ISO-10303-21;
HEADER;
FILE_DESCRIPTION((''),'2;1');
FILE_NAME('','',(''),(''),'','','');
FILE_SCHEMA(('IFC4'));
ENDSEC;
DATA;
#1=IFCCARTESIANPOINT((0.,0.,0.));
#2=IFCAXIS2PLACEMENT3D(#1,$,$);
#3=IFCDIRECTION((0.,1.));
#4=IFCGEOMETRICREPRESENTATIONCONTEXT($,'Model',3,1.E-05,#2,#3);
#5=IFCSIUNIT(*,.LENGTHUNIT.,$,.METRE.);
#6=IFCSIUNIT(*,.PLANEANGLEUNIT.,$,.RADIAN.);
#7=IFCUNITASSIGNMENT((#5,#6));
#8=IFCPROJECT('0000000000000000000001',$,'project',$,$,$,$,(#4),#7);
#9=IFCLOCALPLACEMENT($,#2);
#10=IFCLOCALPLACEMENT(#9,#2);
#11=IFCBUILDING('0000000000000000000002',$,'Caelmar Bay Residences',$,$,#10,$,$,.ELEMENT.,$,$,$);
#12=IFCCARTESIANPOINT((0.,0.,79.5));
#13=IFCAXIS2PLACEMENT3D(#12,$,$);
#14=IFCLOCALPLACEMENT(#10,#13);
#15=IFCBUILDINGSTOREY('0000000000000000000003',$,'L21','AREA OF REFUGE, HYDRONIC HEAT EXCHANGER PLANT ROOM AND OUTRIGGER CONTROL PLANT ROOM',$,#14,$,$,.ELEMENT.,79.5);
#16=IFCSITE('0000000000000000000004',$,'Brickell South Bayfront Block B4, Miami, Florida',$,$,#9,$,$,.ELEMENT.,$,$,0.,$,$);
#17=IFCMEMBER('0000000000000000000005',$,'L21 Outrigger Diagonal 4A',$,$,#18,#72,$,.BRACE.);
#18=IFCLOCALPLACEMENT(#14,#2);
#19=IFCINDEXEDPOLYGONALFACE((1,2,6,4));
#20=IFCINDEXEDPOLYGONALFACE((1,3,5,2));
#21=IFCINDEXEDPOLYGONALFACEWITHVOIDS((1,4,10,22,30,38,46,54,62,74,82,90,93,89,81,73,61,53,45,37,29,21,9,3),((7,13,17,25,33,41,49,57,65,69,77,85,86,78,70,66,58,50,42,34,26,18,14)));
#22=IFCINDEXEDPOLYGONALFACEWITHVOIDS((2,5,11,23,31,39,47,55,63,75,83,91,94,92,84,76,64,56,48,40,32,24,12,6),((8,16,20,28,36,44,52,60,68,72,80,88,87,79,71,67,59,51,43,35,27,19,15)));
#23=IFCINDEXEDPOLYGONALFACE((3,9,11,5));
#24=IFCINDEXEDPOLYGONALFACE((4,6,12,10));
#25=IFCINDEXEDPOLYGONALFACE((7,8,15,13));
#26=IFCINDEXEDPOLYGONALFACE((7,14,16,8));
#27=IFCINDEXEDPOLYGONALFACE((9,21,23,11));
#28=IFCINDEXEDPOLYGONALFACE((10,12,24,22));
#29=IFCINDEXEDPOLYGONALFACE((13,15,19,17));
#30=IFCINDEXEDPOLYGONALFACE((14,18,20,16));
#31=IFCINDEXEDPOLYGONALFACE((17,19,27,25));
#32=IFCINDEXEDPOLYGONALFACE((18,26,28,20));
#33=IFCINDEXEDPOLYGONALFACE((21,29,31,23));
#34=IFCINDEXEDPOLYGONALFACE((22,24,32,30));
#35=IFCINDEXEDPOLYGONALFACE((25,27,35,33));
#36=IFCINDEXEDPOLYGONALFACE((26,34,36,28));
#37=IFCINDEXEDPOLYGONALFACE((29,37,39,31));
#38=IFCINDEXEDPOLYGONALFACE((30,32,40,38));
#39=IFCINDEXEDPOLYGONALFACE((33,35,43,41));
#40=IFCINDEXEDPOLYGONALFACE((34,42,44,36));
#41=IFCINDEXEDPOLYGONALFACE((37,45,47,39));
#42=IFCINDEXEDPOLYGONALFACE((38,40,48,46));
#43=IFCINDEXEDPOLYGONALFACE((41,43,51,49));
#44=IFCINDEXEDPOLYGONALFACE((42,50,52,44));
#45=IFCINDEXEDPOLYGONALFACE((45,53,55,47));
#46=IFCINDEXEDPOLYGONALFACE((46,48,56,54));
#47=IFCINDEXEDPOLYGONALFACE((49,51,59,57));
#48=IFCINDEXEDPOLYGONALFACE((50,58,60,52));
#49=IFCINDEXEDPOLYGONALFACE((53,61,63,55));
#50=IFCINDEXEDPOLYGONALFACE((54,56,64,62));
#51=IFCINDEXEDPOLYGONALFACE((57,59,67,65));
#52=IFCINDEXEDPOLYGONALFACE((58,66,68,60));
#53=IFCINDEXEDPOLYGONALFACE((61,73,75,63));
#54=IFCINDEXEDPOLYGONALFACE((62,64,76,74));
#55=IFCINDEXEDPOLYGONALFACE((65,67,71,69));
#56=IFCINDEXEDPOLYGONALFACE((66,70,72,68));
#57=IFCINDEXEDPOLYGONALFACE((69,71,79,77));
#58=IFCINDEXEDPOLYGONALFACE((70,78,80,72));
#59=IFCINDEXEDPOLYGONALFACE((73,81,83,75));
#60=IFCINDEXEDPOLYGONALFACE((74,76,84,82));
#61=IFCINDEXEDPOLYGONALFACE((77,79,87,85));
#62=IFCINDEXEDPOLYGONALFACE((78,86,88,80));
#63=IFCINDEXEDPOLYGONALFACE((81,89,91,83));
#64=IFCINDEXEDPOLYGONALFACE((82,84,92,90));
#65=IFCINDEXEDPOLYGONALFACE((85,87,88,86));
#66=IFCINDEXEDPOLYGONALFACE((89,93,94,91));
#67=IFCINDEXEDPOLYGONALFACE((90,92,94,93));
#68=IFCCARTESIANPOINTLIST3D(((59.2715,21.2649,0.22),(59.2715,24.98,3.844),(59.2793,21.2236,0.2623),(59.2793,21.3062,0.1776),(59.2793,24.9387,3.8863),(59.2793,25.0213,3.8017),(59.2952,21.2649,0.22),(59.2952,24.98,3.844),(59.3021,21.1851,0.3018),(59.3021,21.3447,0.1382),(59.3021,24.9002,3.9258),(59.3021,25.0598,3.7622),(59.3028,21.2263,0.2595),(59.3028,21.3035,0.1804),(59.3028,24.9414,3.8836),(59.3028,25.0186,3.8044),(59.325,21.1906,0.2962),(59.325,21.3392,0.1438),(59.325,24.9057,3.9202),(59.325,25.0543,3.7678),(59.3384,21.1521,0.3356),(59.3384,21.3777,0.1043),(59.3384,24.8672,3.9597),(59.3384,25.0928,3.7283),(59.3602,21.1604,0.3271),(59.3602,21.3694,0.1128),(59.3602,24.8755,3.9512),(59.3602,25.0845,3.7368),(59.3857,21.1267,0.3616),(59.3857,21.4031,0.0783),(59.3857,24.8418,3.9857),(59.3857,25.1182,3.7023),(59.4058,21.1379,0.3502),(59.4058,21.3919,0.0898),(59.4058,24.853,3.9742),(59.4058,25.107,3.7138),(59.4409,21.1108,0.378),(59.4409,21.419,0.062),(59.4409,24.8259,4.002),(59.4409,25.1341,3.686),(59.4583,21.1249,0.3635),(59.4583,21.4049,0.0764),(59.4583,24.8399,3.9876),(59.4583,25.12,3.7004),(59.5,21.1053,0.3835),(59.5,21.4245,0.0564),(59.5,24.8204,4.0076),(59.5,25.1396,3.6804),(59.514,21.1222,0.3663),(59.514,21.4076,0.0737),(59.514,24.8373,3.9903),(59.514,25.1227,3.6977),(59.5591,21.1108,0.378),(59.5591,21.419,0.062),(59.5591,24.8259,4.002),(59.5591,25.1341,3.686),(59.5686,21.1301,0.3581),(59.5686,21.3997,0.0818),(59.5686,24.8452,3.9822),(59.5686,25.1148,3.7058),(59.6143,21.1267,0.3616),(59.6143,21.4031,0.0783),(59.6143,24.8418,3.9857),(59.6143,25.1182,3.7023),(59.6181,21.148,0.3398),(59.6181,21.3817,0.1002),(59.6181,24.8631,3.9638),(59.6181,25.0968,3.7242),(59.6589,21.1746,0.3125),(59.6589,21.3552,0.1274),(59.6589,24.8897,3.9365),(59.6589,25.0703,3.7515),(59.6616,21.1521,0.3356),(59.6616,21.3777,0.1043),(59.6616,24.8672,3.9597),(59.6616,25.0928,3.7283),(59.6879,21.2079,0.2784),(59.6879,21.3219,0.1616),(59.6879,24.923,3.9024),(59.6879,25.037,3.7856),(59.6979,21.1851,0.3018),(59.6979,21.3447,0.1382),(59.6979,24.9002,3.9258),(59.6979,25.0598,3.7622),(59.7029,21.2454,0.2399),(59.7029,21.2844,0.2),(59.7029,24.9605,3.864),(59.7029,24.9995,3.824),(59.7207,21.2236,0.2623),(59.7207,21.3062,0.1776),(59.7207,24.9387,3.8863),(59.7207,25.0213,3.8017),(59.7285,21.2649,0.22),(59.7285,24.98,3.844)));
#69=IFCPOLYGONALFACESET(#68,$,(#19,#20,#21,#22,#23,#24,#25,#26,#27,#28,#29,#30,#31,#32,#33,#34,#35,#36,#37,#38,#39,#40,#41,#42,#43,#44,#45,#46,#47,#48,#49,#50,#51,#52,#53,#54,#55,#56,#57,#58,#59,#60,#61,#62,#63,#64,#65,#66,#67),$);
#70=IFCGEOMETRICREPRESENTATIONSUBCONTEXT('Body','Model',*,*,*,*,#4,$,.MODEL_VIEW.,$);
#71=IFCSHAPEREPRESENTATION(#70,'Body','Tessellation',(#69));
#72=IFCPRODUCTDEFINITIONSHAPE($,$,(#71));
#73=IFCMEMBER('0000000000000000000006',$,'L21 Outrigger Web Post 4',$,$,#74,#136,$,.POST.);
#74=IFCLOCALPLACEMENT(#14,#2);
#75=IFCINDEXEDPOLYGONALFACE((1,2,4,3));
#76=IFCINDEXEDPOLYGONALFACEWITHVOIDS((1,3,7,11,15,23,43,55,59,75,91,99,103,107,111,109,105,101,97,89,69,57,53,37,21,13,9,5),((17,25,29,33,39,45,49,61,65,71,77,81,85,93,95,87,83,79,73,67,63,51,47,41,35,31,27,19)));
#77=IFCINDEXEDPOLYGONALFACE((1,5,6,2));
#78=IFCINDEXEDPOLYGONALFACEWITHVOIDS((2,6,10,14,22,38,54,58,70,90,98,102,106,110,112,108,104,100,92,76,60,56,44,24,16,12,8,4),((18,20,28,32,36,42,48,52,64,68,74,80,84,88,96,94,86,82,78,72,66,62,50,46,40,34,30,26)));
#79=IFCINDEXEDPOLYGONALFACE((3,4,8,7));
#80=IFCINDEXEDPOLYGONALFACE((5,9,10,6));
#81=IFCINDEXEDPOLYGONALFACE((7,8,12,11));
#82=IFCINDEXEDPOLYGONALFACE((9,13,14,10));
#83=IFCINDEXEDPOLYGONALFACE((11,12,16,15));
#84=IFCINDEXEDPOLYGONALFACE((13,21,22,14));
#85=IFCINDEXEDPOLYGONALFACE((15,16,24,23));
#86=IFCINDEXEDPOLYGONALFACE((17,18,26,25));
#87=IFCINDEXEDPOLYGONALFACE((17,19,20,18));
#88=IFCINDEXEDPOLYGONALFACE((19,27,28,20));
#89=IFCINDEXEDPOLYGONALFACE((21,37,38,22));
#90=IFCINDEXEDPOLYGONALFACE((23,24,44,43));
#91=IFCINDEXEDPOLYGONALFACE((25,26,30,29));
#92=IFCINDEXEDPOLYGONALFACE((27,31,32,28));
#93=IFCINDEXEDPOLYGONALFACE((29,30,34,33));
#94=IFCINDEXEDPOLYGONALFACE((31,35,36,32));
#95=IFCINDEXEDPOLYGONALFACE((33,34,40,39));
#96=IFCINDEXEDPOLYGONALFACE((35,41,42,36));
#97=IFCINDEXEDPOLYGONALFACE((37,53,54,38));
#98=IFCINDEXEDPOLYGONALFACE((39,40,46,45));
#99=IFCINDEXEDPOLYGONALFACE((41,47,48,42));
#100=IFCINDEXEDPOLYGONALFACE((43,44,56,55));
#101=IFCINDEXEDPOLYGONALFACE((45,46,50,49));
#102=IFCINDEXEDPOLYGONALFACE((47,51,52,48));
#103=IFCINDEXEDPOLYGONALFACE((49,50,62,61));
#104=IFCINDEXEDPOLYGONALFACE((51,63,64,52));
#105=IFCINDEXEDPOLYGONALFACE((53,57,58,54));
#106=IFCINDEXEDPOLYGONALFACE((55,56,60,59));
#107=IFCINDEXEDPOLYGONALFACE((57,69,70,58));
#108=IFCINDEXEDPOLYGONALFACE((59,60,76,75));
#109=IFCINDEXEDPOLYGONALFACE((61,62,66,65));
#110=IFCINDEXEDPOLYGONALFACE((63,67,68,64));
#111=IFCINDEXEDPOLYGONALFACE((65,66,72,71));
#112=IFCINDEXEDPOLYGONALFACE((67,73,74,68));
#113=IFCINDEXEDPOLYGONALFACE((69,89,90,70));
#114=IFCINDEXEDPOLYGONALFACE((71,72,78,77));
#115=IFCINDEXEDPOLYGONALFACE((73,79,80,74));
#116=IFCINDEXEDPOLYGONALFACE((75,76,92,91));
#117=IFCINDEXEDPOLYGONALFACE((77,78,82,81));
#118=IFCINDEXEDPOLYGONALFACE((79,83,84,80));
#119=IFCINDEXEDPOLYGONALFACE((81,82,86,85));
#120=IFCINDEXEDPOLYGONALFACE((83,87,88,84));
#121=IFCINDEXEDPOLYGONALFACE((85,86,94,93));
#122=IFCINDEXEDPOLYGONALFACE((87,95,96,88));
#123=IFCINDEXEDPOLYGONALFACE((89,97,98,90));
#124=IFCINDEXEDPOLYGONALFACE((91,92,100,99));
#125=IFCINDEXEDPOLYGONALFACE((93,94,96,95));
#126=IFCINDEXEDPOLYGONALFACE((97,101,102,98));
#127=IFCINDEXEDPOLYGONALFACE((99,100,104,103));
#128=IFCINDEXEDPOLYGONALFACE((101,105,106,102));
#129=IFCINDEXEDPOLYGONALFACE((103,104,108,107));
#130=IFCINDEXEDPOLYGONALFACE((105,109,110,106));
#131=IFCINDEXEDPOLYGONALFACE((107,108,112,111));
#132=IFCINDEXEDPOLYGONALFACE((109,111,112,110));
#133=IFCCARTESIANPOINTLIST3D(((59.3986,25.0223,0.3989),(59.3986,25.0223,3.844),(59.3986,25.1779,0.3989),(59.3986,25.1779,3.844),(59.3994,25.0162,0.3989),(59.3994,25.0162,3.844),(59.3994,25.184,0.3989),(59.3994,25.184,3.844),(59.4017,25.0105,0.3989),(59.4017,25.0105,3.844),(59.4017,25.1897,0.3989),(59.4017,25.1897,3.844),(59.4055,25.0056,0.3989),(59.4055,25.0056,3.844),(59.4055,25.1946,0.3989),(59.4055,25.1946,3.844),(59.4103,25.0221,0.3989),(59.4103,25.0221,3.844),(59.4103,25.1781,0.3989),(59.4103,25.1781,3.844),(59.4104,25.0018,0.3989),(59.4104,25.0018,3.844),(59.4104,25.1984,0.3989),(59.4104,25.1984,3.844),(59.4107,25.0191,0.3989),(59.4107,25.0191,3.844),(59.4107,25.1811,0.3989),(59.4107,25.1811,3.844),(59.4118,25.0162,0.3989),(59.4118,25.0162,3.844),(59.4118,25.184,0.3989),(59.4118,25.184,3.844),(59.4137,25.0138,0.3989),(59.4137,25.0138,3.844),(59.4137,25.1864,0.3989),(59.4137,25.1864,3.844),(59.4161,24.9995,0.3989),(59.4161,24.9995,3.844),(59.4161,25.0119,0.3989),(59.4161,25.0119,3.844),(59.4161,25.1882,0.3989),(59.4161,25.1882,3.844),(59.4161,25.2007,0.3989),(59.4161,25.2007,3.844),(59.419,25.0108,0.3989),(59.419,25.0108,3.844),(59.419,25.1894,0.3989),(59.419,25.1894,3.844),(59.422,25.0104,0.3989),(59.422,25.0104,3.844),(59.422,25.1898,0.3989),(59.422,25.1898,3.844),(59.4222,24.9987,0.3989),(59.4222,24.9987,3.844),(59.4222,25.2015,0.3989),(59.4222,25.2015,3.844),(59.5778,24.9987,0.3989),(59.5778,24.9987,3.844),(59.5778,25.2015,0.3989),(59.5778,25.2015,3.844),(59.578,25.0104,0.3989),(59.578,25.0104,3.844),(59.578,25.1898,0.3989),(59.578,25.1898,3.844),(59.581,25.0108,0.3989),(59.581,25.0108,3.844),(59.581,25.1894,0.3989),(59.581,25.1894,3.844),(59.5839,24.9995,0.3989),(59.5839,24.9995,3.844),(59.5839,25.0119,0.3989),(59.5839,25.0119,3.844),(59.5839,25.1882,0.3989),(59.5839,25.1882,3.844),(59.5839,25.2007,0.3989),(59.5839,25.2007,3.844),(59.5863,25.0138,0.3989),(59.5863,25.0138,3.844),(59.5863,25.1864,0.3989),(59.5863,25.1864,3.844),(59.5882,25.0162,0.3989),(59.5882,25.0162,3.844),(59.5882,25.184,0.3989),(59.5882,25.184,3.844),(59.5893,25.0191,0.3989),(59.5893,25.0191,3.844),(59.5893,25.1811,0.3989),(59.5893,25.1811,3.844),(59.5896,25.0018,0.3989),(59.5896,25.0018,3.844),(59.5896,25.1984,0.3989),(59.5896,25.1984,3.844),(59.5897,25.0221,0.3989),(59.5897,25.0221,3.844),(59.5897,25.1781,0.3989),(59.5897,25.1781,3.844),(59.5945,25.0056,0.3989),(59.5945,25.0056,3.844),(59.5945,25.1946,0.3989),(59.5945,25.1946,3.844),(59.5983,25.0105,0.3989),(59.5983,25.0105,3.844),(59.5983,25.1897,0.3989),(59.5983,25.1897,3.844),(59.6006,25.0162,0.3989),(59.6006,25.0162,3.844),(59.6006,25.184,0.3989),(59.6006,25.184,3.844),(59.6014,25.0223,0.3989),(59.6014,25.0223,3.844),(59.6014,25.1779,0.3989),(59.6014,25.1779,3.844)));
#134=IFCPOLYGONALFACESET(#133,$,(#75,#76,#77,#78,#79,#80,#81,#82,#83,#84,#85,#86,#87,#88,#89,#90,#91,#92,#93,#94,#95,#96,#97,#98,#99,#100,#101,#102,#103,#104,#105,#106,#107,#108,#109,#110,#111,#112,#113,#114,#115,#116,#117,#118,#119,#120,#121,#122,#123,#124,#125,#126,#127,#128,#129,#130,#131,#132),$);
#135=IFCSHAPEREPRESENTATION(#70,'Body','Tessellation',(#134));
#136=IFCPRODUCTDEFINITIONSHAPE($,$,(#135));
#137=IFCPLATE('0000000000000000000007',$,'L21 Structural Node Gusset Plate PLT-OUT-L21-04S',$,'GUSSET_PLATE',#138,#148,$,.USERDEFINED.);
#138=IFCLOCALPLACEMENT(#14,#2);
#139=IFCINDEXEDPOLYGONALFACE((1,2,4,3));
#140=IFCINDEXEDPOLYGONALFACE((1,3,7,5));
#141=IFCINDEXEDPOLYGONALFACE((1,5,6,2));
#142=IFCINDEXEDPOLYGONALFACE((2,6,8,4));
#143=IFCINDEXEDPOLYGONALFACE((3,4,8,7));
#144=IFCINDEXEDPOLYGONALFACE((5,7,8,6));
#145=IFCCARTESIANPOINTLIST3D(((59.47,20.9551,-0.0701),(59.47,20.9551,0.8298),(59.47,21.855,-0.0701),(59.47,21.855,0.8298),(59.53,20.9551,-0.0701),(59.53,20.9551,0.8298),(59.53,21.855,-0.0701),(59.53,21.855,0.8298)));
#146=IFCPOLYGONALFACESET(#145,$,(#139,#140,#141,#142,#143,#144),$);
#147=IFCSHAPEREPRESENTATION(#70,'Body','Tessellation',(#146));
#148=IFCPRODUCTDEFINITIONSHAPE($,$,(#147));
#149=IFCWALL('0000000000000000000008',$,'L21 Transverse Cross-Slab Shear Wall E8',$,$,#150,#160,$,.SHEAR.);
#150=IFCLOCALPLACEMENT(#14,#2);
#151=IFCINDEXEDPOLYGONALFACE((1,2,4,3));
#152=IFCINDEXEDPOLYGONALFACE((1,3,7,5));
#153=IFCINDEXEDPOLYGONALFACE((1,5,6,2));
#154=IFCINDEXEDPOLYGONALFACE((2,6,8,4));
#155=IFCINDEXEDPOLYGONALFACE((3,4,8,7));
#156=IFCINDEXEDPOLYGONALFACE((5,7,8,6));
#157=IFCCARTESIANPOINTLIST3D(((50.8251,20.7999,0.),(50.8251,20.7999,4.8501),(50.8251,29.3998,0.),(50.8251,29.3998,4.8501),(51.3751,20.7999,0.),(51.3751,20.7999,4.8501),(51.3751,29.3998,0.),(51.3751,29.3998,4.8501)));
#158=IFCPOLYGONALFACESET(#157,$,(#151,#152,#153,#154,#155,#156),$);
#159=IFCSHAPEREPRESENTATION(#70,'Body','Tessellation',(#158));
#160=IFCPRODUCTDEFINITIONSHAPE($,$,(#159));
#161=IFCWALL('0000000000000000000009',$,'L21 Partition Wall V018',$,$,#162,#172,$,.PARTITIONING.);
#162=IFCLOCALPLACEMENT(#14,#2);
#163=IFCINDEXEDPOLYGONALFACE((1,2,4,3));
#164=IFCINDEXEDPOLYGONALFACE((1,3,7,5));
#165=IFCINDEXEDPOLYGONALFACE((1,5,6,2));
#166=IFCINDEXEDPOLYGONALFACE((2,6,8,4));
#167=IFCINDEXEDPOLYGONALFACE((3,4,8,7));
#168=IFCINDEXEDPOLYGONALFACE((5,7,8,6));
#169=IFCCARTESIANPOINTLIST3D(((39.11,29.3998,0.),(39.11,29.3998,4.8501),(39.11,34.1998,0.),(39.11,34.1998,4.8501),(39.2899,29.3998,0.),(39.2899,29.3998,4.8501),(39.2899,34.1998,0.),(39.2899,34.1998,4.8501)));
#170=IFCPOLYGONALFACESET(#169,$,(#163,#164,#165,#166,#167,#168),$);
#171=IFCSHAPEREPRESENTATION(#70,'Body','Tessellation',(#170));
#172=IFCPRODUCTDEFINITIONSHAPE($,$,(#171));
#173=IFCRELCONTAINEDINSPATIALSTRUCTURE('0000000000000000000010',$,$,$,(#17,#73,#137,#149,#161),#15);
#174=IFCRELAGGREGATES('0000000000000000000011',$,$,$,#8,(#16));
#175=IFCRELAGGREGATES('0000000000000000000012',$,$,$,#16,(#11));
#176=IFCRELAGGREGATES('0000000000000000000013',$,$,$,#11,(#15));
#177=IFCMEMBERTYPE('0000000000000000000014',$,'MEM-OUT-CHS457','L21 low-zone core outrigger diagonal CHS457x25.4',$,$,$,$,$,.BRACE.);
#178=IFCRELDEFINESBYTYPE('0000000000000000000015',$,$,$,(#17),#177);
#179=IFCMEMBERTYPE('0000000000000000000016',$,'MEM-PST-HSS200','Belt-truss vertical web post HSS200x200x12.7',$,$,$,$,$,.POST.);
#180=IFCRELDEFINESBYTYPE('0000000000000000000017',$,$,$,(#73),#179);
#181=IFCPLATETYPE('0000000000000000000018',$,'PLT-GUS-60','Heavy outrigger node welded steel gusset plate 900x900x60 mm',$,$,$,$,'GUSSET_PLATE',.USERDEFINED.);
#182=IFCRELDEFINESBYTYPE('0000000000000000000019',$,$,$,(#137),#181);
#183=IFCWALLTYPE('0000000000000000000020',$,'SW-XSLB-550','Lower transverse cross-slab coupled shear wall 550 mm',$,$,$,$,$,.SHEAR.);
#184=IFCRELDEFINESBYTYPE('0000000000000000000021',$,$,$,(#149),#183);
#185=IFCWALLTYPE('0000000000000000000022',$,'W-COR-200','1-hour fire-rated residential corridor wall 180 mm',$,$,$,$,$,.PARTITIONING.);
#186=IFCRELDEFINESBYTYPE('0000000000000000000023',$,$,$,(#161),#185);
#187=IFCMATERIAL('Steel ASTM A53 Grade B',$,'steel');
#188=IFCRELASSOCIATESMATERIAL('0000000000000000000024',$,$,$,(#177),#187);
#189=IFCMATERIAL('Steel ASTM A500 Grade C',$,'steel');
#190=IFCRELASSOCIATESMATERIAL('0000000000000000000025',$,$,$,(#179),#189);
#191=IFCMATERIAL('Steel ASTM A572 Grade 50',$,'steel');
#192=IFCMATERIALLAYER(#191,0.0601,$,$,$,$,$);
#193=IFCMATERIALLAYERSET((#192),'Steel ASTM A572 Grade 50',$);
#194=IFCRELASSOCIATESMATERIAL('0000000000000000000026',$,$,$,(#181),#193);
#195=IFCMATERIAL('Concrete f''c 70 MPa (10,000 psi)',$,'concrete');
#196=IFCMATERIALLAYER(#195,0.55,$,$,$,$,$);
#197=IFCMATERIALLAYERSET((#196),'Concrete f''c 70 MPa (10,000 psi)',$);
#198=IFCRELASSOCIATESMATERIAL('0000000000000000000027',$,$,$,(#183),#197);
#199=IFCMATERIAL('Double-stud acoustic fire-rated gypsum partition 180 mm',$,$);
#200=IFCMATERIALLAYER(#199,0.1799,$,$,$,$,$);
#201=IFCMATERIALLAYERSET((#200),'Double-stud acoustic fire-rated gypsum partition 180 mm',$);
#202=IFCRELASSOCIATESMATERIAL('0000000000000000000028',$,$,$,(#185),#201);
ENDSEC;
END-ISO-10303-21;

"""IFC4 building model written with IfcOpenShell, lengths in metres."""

from ifc_helpers import new_model, si_unit, direction, frame, frame_2d, origin, origin_2d, place, context, subcontext, project, spatial, rectangle, hollow_rectangle, hollow_circle, extrude, material, layer, layer_set, material_profile, profile_set, type_object, element, save


model = new_model("IFC4")

# Units and contexts
model_context = context("Model", 3, precision=1e-05, world=origin(), true_north=direction((0.0, 1.0)))
body_context = subcontext(model_context, "Body", "Model", "MODEL_VIEW")
ifc_project = project(units=[si_unit("LENGTHUNIT", "METRE"), si_unit("PLANEANGLEUNIT", "RADIAN")], contexts=[model_context])

# Site, building, storey
site_placement = place(None, origin())
site = spatial("IfcSite", under=ifc_project, at=site_placement, Name="Brickell South Bayfront Block B4, Miami, Florida", CompositionType="ELEMENT", RefElevation=0.0)
building_placement = place(site_placement, origin())
building = spatial("IfcBuilding", under=site, at=building_placement, Name="Caelmar Bay Residences", CompositionType="ELEMENT")
storey_placement = place(building_placement, frame((0.0, 0.0, 79.5)))
storey = spatial("IfcBuildingStorey", under=building, at=storey_placement, Name="L21", Description="AREA OF REFUGE, HYDRONIC HEAT EXCHANGER PLANT ROOM AND OUTRIGGER CONTROL PLANT ROOM", CompositionType="ELEMENT", Elevation=79.5)

# Shared definitions
ifc_material_1 = material(Name="Concrete f'c 70 MPa (10,000 psi)", Category="concrete")

# Members
ifc_material_2 = material(Name="Steel ASTM A53 Grade B", Category="steel")
ifc_material_profile_1 = material_profile(ifc_material_2, hollow_circle(Radius=0.2285, WallThickness=0.0237, at=origin_2d()), Name="CHS457X25.4")
ifc_profile_set_1 = profile_set([ifc_material_profile_1], Name="Steel ASTM A53 Grade B")
member_type_1 = type_object("IfcMemberType", Name="MEM-OUT-CHS457", Description="L21 low-zone core outrigger diagonal CHS457x25.4", PredefinedType="BRACE", material=ifc_profile_set_1)
member_1_placement = place(storey_placement, frame((59.5, 21.2649, 0.22), z_axis=(0.0, 0.715826, 0.698279), x_axis=(-1.0, 0.0, 0.0)))
element("IfcMember", 1, at=member_1_placement, inside=storey, type_object=member_type_1, Name="L21 Outrigger Diagonal 4A", PredefinedType="BRACE", context=body_context, shape_type="SweptSolid", body=[
    extrude(hollow_circle(Radius=0.2285, WallThickness=0.0237, at=origin_2d()), origin(), (0.0, 0.0, 1.0), 5.1899),
])
ifc_material_3 = material(Name="Steel ASTM A500 Grade C", Category="steel")
ifc_material_profile_2 = material_profile(ifc_material_3, hollow_rectangle(XDim=0.2029, YDim=0.2029, WallThickness=0.0117, InnerFilletRadius=0.0117, OuterFilletRadius=0.0237, at=origin_2d()), Name="HSS200X200X12.7")
ifc_profile_set_2 = profile_set([ifc_material_profile_2], Name="Steel ASTM A500 Grade C")
member_type_2 = type_object("IfcMemberType", Name="MEM-PST-HSS200", Description="Belt-truss vertical web post HSS200x200x12.7", PredefinedType="POST", material=ifc_profile_set_2)
member_2_placement = place(storey_placement, frame((59.5, 25.1001, 0.3989), z_axis=(0.0, 0.0, 1.0), x_axis=(1.0, 0.0, 0.0)))
element("IfcMember", 2, at=member_2_placement, inside=storey, type_object=member_type_2, Name="L21 Outrigger Web Post 4", PredefinedType="POST", context=body_context, shape_type="SweptSolid", body=[
    extrude(hollow_rectangle(XDim=0.2029, YDim=0.2029, WallThickness=0.0117, InnerFilletRadius=0.0117, OuterFilletRadius=0.0237, at=origin_2d()), origin(), (0.0, 0.0, 1.0), 3.4451),
])

# Plate
ifc_material_4 = material(Name="Steel ASTM A572 Grade 50", Category="steel")
ifc_layer_1 = layer(ifc_material_4, 0.0601)
ifc_layer_set_1 = layer_set([ifc_layer_1], Name="Steel ASTM A572 Grade 50")
plate_type = type_object("IfcPlateType", Name="PLT-GUS-60", Description="Heavy outrigger node welded steel gusset plate 900x900x60 mm", ElementType="GUSSET_PLATE", PredefinedType="USERDEFINED", material=ifc_layer_set_1)
plate_placement = place(storey_placement, frame((59.5, 21.405, -0.0701), z_axis=(0.0, 0.0, 1.0), x_axis=(0.0, 1.0, 0.0)))
element("IfcPlate", 3, at=plate_placement, inside=storey, type_object=plate_type, Name="L21 Structural Node Gusset Plate PLT-OUT-L21-04S", ObjectType="GUSSET_PLATE", PredefinedType="USERDEFINED", context=body_context, shape_type="SweptSolid", body=[
    extrude(rectangle(XDim=0.8999, YDim=0.0601, at=origin_2d()), origin(), (0.0, 0.0, 1.0), 0.8999),
])

# Walls
ifc_layer_2 = layer(ifc_material_1, 0.55)
ifc_layer_set_2 = layer_set([ifc_layer_2], Name="Concrete f'c 70 MPa (10,000 psi)")
wall_type_1 = type_object("IfcWallType", Name="SW-XSLB-550", Description="Lower transverse cross-slab coupled shear wall 550 mm", PredefinedType="SHEAR", material=ifc_layer_set_2)
wall_1_placement = place(storey_placement, frame((51.1001, 20.8, 0.0), z_axis=(0.0, 0.0, 1.0), x_axis=(0.0, 1.0, 0.0)))
element("IfcWall", 4, at=wall_1_placement, inside=storey, type_object=wall_type_1, Name="L21 Transverse Cross-Slab Shear Wall E8", PredefinedType="SHEAR", context=body_context, shape_type="SweptSolid", body=[
    extrude(rectangle(XDim=8.5999, YDim=0.55, at=frame_2d((4.2998, 0.0))), origin(), (0.0, 0.0, 1.0), 4.8501),
])
ifc_material_5 = material(Name="Double-stud acoustic fire-rated gypsum partition 180 mm")
ifc_layer_3 = layer(ifc_material_5, 0.1799)
ifc_layer_set_3 = layer_set([ifc_layer_3], Name="Double-stud acoustic fire-rated gypsum partition 180 mm")
wall_type_2 = type_object("IfcWallType", Name="W-COR-200", Description="1-hour fire-rated residential corridor wall 180 mm", PredefinedType="PARTITIONING", material=ifc_layer_set_3)
wall_2_placement = place(storey_placement, frame((39.2, 29.3999, 0.0), z_axis=(0.0, 0.0, 1.0), x_axis=(0.0, 1.0, 0.0)))
element("IfcWall", 5, at=wall_2_placement, inside=storey, type_object=wall_type_2, Name="L21 Partition Wall V018", PredefinedType="PARTITIONING", context=body_context, shape_type="SweptSolid", body=[
    extrude(rectangle(XDim=4.8, YDim=0.1799, at=frame_2d((2.3999, 0.0))), origin(), (0.0, 0.0, 1.0), 4.8501),
])

save(model, "model.ifc")
